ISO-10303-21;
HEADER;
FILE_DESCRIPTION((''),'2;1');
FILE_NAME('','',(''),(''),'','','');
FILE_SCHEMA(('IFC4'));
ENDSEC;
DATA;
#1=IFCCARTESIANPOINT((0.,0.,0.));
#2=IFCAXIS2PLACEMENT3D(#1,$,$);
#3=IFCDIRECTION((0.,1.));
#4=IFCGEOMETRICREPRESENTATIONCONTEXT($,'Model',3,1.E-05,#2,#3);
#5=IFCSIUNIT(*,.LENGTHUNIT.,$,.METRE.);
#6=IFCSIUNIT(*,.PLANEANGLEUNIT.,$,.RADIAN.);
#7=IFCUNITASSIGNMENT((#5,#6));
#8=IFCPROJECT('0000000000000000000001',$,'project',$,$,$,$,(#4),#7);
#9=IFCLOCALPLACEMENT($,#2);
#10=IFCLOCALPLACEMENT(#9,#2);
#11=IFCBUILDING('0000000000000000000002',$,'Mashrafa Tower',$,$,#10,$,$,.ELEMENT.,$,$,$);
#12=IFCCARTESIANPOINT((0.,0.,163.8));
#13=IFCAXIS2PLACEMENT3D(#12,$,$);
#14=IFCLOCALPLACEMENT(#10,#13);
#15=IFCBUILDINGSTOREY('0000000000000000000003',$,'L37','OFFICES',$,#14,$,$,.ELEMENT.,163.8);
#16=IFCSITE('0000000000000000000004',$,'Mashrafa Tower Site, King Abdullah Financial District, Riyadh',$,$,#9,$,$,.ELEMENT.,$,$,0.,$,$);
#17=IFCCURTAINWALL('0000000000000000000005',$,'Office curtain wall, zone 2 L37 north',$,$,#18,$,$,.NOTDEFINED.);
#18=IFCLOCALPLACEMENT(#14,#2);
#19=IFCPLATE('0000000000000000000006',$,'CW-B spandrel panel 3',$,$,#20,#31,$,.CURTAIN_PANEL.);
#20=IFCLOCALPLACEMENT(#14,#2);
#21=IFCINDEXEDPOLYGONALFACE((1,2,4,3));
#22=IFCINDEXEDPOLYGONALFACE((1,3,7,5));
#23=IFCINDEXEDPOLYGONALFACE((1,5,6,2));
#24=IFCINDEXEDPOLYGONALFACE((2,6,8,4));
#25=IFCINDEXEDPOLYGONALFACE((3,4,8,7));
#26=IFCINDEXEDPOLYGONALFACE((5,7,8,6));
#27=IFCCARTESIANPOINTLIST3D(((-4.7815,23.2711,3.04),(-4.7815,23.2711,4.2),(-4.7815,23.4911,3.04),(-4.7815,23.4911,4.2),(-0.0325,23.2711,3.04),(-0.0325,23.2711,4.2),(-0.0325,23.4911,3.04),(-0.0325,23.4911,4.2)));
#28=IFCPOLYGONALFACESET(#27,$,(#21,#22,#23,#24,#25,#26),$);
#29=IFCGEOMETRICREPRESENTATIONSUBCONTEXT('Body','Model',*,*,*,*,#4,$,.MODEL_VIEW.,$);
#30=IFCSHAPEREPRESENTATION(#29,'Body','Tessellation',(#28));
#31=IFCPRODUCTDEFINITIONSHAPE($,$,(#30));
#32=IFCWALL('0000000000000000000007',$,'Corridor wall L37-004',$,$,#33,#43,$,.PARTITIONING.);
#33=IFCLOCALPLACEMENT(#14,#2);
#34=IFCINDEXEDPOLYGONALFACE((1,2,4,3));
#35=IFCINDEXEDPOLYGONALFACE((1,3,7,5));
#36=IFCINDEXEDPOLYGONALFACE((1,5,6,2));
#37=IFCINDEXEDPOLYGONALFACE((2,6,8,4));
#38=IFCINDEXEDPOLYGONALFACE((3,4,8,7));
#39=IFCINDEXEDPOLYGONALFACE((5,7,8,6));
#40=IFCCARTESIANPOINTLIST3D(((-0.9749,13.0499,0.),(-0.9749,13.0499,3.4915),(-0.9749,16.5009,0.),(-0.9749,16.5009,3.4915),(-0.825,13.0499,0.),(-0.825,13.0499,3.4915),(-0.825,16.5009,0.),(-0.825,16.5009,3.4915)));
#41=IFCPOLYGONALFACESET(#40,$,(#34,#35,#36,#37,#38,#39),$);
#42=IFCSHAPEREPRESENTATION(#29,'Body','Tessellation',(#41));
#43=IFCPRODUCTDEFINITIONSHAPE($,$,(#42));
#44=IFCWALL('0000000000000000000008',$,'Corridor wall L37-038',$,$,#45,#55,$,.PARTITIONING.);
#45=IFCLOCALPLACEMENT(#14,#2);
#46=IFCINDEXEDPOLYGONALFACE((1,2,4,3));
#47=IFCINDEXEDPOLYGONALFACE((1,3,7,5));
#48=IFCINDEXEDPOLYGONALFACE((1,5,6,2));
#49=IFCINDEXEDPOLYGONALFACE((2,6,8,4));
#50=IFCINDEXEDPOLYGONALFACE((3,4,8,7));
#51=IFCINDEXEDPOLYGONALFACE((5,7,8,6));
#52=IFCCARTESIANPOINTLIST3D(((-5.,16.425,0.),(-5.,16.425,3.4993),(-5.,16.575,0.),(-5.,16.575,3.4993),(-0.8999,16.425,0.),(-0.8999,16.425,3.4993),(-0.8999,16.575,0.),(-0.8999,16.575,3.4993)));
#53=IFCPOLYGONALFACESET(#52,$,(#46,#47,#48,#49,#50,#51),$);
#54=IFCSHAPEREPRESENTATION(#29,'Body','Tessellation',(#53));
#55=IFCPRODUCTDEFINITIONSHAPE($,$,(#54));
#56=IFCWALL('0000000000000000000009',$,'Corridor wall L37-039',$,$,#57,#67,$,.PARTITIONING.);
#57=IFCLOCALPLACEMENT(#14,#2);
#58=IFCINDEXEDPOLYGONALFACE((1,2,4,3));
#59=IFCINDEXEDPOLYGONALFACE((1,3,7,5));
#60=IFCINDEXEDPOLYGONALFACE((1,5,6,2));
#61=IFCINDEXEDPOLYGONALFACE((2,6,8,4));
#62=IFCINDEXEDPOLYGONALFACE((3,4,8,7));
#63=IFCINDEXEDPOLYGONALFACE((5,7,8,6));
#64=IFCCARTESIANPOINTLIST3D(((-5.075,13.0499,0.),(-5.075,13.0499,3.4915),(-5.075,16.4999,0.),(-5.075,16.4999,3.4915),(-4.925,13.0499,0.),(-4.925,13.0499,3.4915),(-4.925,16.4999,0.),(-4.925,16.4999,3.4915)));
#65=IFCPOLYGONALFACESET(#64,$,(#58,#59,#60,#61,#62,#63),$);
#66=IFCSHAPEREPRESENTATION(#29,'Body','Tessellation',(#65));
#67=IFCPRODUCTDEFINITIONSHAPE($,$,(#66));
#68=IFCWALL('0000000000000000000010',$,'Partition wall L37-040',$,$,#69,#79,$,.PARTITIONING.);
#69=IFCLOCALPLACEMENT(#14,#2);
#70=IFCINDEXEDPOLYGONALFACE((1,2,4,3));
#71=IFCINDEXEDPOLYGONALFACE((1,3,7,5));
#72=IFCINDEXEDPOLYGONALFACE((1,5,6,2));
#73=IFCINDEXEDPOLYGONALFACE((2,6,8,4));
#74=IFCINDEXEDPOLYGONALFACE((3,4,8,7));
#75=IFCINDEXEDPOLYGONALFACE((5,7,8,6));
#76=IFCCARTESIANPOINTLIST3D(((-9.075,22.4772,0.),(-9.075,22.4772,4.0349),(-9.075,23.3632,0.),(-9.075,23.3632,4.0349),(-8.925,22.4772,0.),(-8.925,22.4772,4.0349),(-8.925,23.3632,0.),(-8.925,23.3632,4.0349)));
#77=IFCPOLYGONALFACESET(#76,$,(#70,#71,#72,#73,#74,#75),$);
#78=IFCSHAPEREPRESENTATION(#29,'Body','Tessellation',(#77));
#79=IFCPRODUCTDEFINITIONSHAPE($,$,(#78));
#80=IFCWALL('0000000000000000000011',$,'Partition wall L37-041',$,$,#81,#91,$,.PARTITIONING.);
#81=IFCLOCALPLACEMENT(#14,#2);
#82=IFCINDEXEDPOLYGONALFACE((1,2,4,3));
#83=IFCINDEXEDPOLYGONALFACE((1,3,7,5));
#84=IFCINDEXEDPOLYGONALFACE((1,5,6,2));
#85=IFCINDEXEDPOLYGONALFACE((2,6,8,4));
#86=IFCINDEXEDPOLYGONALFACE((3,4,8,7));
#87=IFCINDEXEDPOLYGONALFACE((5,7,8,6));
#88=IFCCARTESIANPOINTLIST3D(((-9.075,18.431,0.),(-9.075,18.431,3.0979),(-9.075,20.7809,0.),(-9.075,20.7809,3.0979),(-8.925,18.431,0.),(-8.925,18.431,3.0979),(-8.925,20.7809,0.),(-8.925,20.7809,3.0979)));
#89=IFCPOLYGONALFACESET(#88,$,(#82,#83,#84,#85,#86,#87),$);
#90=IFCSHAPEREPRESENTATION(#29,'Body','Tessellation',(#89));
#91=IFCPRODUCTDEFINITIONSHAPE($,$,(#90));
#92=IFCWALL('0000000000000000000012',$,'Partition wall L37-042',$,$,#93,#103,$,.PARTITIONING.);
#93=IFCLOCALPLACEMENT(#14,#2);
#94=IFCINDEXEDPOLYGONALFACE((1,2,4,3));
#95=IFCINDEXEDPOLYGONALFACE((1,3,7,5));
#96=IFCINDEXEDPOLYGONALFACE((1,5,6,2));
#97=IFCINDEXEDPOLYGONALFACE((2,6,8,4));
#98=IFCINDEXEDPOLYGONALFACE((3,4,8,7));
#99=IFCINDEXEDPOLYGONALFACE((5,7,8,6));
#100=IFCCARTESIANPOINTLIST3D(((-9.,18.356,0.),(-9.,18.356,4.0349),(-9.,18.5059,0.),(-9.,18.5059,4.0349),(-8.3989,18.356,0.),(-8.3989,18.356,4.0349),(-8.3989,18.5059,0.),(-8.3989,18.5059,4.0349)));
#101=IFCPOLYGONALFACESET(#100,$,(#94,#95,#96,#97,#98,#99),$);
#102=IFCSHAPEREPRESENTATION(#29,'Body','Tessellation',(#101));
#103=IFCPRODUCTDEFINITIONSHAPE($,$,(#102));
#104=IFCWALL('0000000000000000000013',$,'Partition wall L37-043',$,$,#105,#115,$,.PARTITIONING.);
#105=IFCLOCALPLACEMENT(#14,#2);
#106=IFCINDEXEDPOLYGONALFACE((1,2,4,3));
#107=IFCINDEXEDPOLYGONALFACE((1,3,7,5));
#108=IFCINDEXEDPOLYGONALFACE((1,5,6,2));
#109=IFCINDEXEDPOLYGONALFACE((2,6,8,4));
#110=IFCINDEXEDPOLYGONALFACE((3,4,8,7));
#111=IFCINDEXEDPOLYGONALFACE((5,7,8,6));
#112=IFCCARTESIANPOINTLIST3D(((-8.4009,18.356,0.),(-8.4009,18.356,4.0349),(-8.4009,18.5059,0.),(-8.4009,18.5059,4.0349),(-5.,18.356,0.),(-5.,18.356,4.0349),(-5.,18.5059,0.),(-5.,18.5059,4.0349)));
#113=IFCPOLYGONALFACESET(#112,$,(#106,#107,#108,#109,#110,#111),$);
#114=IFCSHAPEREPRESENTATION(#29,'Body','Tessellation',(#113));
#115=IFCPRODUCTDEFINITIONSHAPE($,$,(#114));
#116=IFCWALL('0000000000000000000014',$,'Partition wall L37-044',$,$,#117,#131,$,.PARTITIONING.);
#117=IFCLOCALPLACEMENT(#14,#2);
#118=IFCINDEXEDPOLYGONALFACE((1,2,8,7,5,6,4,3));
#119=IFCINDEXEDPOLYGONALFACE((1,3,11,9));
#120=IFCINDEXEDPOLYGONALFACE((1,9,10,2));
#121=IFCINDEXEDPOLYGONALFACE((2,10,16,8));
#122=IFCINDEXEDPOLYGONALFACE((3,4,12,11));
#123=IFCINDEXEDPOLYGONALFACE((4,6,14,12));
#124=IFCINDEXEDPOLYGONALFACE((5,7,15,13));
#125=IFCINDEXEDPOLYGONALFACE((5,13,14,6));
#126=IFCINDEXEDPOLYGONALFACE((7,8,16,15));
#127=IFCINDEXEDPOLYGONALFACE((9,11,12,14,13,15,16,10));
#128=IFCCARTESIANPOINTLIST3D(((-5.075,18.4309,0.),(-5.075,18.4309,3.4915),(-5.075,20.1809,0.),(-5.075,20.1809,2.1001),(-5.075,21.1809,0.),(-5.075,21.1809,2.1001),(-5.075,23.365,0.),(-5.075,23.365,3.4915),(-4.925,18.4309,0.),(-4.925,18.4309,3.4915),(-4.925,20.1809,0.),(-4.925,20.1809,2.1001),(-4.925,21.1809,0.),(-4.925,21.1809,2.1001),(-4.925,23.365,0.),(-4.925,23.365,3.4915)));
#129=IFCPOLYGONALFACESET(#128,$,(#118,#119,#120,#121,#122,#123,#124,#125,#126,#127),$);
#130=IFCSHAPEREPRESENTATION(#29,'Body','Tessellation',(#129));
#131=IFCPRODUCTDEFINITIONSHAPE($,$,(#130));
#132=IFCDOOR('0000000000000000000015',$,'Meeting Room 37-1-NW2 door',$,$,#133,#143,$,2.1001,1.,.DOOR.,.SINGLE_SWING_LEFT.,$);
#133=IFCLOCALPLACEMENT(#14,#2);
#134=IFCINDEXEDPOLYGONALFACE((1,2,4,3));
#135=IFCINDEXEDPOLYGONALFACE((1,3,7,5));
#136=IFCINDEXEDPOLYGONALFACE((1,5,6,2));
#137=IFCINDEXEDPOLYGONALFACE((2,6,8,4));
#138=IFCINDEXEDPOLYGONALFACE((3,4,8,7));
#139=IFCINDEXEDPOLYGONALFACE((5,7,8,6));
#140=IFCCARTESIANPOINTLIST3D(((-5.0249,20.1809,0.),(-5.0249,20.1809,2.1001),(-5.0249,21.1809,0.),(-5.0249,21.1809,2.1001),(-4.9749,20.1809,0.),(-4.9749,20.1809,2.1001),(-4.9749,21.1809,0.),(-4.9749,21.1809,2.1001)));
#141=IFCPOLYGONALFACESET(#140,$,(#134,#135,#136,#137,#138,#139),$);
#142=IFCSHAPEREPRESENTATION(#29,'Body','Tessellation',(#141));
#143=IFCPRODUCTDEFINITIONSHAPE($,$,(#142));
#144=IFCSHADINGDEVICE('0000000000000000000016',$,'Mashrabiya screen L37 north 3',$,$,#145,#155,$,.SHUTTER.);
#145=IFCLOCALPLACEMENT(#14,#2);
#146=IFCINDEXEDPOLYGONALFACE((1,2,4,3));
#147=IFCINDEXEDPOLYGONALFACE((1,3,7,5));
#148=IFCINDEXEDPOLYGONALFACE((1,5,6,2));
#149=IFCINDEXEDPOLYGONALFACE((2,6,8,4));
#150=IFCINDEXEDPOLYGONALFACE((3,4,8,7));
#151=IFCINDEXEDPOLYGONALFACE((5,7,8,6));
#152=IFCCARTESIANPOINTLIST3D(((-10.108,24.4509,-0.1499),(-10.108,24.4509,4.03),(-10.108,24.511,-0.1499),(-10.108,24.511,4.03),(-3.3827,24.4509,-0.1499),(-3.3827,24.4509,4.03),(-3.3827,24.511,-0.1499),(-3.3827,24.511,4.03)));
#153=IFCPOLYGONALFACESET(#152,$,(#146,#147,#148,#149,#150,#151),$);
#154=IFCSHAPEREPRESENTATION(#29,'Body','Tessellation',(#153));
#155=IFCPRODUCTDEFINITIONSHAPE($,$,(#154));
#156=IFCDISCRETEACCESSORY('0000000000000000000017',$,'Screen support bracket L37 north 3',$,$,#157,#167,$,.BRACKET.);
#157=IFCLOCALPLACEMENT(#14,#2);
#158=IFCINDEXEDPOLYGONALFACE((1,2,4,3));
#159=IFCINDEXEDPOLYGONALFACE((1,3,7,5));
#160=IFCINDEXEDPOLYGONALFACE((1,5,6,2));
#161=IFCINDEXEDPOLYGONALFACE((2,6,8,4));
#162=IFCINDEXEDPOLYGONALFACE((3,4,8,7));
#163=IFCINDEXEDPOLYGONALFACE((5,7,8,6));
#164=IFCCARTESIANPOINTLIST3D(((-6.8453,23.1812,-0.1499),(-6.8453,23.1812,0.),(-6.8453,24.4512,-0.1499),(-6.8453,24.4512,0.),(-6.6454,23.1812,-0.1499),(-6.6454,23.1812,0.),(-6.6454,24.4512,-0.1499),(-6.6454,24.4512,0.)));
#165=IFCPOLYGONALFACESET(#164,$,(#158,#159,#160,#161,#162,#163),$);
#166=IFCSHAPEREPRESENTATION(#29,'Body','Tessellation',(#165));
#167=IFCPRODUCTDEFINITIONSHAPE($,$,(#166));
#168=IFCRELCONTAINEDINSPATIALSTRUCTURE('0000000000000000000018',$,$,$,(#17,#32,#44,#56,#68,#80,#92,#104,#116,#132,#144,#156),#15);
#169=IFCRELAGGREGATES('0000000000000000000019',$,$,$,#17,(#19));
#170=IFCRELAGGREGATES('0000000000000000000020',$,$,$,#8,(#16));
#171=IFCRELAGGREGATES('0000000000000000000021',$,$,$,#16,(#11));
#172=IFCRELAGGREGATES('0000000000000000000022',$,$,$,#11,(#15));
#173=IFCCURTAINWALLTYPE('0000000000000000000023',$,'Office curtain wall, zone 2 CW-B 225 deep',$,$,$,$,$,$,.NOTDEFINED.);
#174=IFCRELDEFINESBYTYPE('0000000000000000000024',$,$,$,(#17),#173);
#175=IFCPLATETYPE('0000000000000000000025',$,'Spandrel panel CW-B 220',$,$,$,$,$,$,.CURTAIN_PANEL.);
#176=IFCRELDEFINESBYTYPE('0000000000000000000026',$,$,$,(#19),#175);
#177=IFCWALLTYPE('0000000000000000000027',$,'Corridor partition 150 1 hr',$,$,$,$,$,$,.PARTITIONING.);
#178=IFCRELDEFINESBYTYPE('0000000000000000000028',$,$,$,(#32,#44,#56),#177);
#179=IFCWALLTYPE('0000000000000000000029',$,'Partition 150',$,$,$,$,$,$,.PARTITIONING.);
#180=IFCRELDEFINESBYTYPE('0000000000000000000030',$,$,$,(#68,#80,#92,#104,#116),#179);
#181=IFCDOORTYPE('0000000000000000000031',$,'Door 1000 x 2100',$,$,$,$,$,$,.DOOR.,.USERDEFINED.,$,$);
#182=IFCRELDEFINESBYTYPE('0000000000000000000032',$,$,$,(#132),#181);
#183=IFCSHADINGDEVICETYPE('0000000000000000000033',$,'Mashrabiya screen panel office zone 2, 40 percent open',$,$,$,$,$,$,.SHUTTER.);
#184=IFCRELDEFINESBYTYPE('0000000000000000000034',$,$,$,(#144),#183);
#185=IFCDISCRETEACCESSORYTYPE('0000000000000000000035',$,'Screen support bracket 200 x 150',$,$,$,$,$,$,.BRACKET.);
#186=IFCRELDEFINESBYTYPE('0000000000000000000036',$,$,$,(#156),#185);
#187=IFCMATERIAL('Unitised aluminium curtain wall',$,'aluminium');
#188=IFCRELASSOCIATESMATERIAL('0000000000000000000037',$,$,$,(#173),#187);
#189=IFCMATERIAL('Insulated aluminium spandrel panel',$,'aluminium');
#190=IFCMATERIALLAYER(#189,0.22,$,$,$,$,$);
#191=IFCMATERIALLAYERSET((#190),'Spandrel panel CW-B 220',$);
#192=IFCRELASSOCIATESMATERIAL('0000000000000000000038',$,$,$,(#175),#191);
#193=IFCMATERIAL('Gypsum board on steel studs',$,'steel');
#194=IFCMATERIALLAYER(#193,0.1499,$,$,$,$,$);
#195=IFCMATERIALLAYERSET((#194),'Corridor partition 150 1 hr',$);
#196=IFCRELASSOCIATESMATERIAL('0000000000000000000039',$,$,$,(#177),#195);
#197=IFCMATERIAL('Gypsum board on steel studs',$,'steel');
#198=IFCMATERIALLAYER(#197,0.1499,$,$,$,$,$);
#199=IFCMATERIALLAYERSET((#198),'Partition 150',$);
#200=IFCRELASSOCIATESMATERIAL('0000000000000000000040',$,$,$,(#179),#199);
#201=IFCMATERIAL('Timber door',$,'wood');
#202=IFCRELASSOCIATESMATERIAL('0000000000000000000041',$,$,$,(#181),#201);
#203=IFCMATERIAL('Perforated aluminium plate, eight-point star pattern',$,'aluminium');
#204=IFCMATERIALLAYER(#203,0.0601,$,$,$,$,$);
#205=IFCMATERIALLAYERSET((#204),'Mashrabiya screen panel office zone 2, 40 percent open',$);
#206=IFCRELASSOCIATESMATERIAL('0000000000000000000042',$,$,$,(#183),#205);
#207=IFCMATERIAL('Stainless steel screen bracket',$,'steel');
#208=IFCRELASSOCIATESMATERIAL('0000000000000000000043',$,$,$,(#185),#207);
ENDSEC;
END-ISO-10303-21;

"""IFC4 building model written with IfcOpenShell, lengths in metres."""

from ifc_helpers import new_model, si_unit, direction, frame, frame_2d, origin, origin_2d, place, context, subcontext, project, spatial, rectangle, extrude, source, transform, mapped, material, layer, layer_set, type_object, type_shapes, element, fill, aggregate, save


model = new_model("IFC4")

# Units and contexts
model_context = context("Model", 3, precision=1e-05, world=origin(), true_north=direction((0.0, 1.0)))
body_context = subcontext(model_context, "Body", "Model", "MODEL_VIEW")
ifc_project = project(units=[si_unit("LENGTHUNIT", "METRE"), si_unit("PLANEANGLEUNIT", "RADIAN")], contexts=[model_context])

# Site, building, storey
site_placement = place(None, origin())
site = spatial("IfcSite", under=ifc_project, at=site_placement, Name="Mashrafa Tower Site, King Abdullah Financial District, Riyadh", CompositionType="ELEMENT", RefElevation=0.0)
building_placement = place(site_placement, origin())
building = spatial("IfcBuilding", under=site, at=building_placement, Name="Mashrafa Tower", CompositionType="ELEMENT")
storey_placement = place(building_placement, frame((0.0, 0.0, 163.8)))
storey = spatial("IfcBuildingStorey", under=building, at=storey_placement, Name="L37", Description="OFFICES", CompositionType="ELEMENT", Elevation=163.8)

# Curtain wall
ifc_material_1 = material(Name="Unitised aluminium curtain wall", Category="aluminium")
curtain_wall_type = type_object("IfcCurtainWallType", Name="Office curtain wall, zone 2 CW-B 225 deep", PredefinedType="NOTDEFINED", material=ifc_material_1)
curtain_wall_1_placement = place(storey_placement, origin())
curtain_wall_1 = element("IfcCurtainWall", 1, at=curtain_wall_1_placement, inside=storey, type_object=curtain_wall_type, Name="Office curtain wall, zone 2 L37 north", PredefinedType="NOTDEFINED")

# Plate
ifc_material_2 = material(Name="Insulated aluminium spandrel panel", Category="aluminium")
ifc_layer_1 = layer(ifc_material_2, 0.22)
ifc_layer_set_1 = layer_set([ifc_layer_1], Name="Spandrel panel CW-B 220")
plate_type_1 = type_object("IfcPlateType", Name="Spandrel panel CW-B 220", PredefinedType="CURTAIN_PANEL", material=ifc_layer_set_1)
shared_shape_1 = source(origin(), body_context, "Body", "SweptSolid", [
    extrude(rectangle(XDim=4.749, YDim=0.22, at=origin_2d()), origin(), (0.0, 0.0, 1.0), 1.1599),
])
plate_1_placement = place(storey_placement, frame((-2.407, 23.3811, 3.04), z_axis=(0.0, 0.0, 1.0), x_axis=(-1.0, 0.0, 0.0)))
plate_1 = element("IfcPlate", 2, at=plate_1_placement, type_object=plate_type_1, Name="CW-B spandrel panel 3", PredefinedType="CURTAIN_PANEL", context=body_context, shape_type="MappedRepresentation", body=[
    mapped(shared_shape_1, transform((0.0, 0.0, 0.0))),
])
aggregate(curtain_wall_1, [plate_1])

# Wall
ifc_material_3 = material(Name="Gypsum board on steel studs", Category="steel")
ifc_layer_2 = layer(ifc_material_3, 0.1499)
ifc_layer_set_2 = layer_set([ifc_layer_2], Name="Corridor partition 150 1 hr")
wall_type_1 = type_object("IfcWallType", Name="Corridor partition 150 1 hr", PredefinedType="PARTITIONING", material=ifc_layer_set_2)
wall_1_placement = place(storey_placement, frame((-0.8999, 16.501, 0.0), z_axis=(0.0, 0.0, 1.0), x_axis=(0.0, -1.0, 0.0)))
element("IfcWall", 3, at=wall_1_placement, inside=storey, type_object=wall_type_1, Name="Corridor wall L37-004", PredefinedType="PARTITIONING", context=body_context, shape_type="SweptSolid", body=[
    extrude(rectangle(XDim=3.4509, YDim=0.1499, at=frame_2d((1.7256, 0.0))), origin(), (0.0, 0.0, 1.0), 3.4915),
])

# Walls
wall_2_placement = place(storey_placement, frame((-0.8999, 16.5, 0.0), z_axis=(0.0, 0.0, 1.0), x_axis=(-1.0, 0.0, 0.0)))
element("IfcWall", 4, at=wall_2_placement, inside=storey, type_object=wall_type_1, Name="Corridor wall L37-038", PredefinedType="PARTITIONING", context=body_context, shape_type="SweptSolid", body=[
    extrude(rectangle(XDim=4.1001, YDim=0.1499, at=frame_2d((2.05, 0.0))), origin(), (0.0, 0.0, 1.0), 3.4993),
])
wall_3_placement = place(storey_placement, frame((-5.0, 16.5, 0.0), z_axis=(0.0, 0.0, 1.0), x_axis=(0.0, -1.0, 0.0)))
element("IfcWall", 5, at=wall_3_placement, inside=storey, type_object=wall_type_1, Name="Corridor wall L37-039", PredefinedType="PARTITIONING", context=body_context, shape_type="SweptSolid", body=[
    extrude(rectangle(XDim=3.45, YDim=0.1499, at=frame_2d((1.7251, 0.0))), origin(), (0.0, 0.0, 1.0), 3.4915),
])
ifc_material_4 = material(Name="Gypsum board on steel studs", Category="steel")
ifc_layer_3 = layer(ifc_material_4, 0.1499)
ifc_layer_set_3 = layer_set([ifc_layer_3], Name="Partition 150")
wall_type_2 = type_object("IfcWallType", Name="Partition 150", PredefinedType="PARTITIONING", material=ifc_layer_set_3)
wall_4_placement = place(storey_placement, frame((-9.0, 23.363, 0.0), z_axis=(0.0, 0.0, 1.0), x_axis=(0.0, -1.0, 0.0)))
element("IfcWall", 6, at=wall_4_placement, inside=storey, type_object=wall_type_2, Name="Partition wall L37-040", PredefinedType="PARTITIONING", context=body_context, shape_type="SweptSolid", body=[
    extrude(rectangle(XDim=0.886, YDim=0.1499, at=frame_2d((0.4429, 0.0))), origin(), (0.0, 0.0, 1.0), 4.0349),
])
wall_5_placement = place(storey_placement, frame((-9.0, 20.7808, 0.0), z_axis=(0.0, 0.0, 1.0), x_axis=(0.0, -1.0, 0.0)))
element("IfcWall", 7, at=wall_5_placement, inside=storey, type_object=wall_type_2, Name="Partition wall L37-041", PredefinedType="PARTITIONING", context=body_context, shape_type="SweptSolid", body=[
    extrude(rectangle(XDim=2.3499, YDim=0.1499, at=frame_2d((1.1748, 0.0))), origin(), (0.0, 0.0, 1.0), 3.0979),
])
wall_6_placement = place(storey_placement, frame((-9.0, 18.4309, 0.0), z_axis=(0.0, 0.0, 1.0), x_axis=(1.0, 0.0, 0.0)))
element("IfcWall", 8, at=wall_6_placement, inside=storey, type_object=wall_type_2, Name="Partition wall L37-042", PredefinedType="PARTITIONING", context=body_context, shape_type="SweptSolid", body=[
    extrude(rectangle(XDim=0.6011, YDim=0.1499, at=frame_2d((0.3005, 0.0))), origin(), (0.0, 0.0, 1.0), 4.0349),
])
wall_7_placement = place(storey_placement, frame((-8.4009, 18.4309, 0.0), z_axis=(0.0, 0.0, 1.0), x_axis=(1.0, 0.0, 0.0)))
element("IfcWall", 9, at=wall_7_placement, inside=storey, type_object=wall_type_2, Name="Partition wall L37-043", PredefinedType="PARTITIONING", context=body_context, shape_type="SweptSolid", body=[
    extrude(rectangle(XDim=3.4009, YDim=0.1499, at=frame_2d((1.7004, 0.0))), origin(), (0.0, 0.0, 1.0), 4.0349),
])

# Wall, opening, door
wall_8_placement = place(storey_placement, frame((-5.0, 18.4309, 0.0), z_axis=(0.0, 0.0, 1.0), x_axis=(0.0, 1.0, 0.0)))
wall_8 = element("IfcWall", 10, at=wall_8_placement, inside=storey, type_object=wall_type_2, Name="Partition wall L37-044", PredefinedType="PARTITIONING", context=body_context, shape_type="SweptSolid", body=[
    extrude(rectangle(XDim=4.9341, YDim=0.1499, at=frame_2d((2.467, 0.0))), origin(), (0.0, 0.0, 1.0), 3.4915),
])
opening_1_placement = place(wall_8_placement, frame((1.75, 0.0, 0.0)))
opening_1 = element("IfcOpeningElement", 11, at=opening_1_placement, cuts=wall_8, PredefinedType="OPENING", context=body_context, shape_type="SweptSolid", body=[
    extrude(rectangle(XDim=1.0, YDim=2.1001, at=frame_2d((0.5, 1.05))), frame((0.0, 0.085, 0.0), z_axis=(0.0, -1.0, 0.0), x_axis=(1.0, 0.0, 0.0)), (0.0, 0.0, 1.0), 0.1699),
])
ifc_material_5 = material(Name="Timber door", Category="wood")
door_type_1 = type_object("IfcDoorType", Name="Door 1000 x 2100", OperationType="USERDEFINED", PredefinedType="DOOR", material=ifc_material_5)
door_1_placement = place(opening_1_placement, origin())
door_1 = element("IfcDoor", 12, at=door_1_placement, inside=storey, type_object=door_type_1, Name="Meeting Room 37-1-NW2 door", OperationType="SINGLE_SWING_LEFT", OverallHeight=2.1001, OverallWidth=1.0, PredefinedType="DOOR", context=body_context, shape_type="SweptSolid", body=[
    extrude(rectangle(XDim=1.0, YDim=2.1001, at=frame_2d((0.5, 1.05))), frame((0.0, 0.0249, 0.0), z_axis=(0.0, -1.0, 0.0), x_axis=(1.0, 0.0, 0.0)), (0.0, 0.0, 1.0), 0.05),
])
fill(opening_1, door_1)

# Shading device
ifc_material_6 = material(Name="Perforated aluminium plate, eight-point star pattern", Category="aluminium")
ifc_layer_4 = layer(ifc_material_6, 0.0601)
ifc_layer_set_4 = layer_set([ifc_layer_4], Name="Mashrabiya screen panel office zone 2, 40 percent open")
shading_device_type = type_object("IfcShadingDeviceType", Name="Mashrabiya screen panel office zone 2, 40 percent open", PredefinedType="SHUTTER", material=ifc_layer_set_4)
shared_shape_2 = source(origin(), body_context, "Body", "SweptSolid", [
    extrude(rectangle(XDim=6.7253, YDim=0.0601, at=origin_2d()), origin(), (0.0, 0.0, 1.0), 4.1799),
])
type_shapes(shading_device_type, [shared_shape_2])
shading_device_placement = place(storey_placement, frame((-6.7454, 24.481, -0.1499), z_axis=(0.0, 0.0, 1.0), x_axis=(-1.0, 0.0, 0.0)))
element("IfcShadingDevice", 13, at=shading_device_placement, inside=storey, type_object=shading_device_type, Name="Mashrabiya screen L37 north 3", PredefinedType="SHUTTER", context=body_context, shape_type="MappedRepresentation", body=[
    mapped(shared_shape_2, transform((0.0, 0.0, 0.0))),
])

# Discrete accessory
ifc_material_7 = material(Name="Stainless steel screen bracket", Category="steel")
discrete_accessory_type = type_object("IfcDiscreteAccessoryType", Name="Screen support bracket 200 x 150", PredefinedType="BRACKET", material=ifc_material_7)
shared_shape_3 = source(origin(), body_context, "Body", "SweptSolid", [
    extrude(rectangle(XDim=0.2, YDim=1.27, at=origin_2d()), origin(), (0.0, 0.0, 1.0), 0.1499),
])
type_shapes(discrete_accessory_type, [shared_shape_3])
discrete_accessory_placement = place(storey_placement, frame((-6.7454, 23.8162, -0.1499), z_axis=(0.0, 0.0, 1.0), x_axis=(-1.0, 0.0, 0.0)))
element("IfcDiscreteAccessory", 14, at=discrete_accessory_placement, inside=storey, type_object=discrete_accessory_type, Name="Screen support bracket L37 north 3", PredefinedType="BRACKET", context=body_context, shape_type="MappedRepresentation", body=[
    mapped(shared_shape_3, transform((0.0, 0.0, 0.0))),
])

save(model, "model.ifc")
